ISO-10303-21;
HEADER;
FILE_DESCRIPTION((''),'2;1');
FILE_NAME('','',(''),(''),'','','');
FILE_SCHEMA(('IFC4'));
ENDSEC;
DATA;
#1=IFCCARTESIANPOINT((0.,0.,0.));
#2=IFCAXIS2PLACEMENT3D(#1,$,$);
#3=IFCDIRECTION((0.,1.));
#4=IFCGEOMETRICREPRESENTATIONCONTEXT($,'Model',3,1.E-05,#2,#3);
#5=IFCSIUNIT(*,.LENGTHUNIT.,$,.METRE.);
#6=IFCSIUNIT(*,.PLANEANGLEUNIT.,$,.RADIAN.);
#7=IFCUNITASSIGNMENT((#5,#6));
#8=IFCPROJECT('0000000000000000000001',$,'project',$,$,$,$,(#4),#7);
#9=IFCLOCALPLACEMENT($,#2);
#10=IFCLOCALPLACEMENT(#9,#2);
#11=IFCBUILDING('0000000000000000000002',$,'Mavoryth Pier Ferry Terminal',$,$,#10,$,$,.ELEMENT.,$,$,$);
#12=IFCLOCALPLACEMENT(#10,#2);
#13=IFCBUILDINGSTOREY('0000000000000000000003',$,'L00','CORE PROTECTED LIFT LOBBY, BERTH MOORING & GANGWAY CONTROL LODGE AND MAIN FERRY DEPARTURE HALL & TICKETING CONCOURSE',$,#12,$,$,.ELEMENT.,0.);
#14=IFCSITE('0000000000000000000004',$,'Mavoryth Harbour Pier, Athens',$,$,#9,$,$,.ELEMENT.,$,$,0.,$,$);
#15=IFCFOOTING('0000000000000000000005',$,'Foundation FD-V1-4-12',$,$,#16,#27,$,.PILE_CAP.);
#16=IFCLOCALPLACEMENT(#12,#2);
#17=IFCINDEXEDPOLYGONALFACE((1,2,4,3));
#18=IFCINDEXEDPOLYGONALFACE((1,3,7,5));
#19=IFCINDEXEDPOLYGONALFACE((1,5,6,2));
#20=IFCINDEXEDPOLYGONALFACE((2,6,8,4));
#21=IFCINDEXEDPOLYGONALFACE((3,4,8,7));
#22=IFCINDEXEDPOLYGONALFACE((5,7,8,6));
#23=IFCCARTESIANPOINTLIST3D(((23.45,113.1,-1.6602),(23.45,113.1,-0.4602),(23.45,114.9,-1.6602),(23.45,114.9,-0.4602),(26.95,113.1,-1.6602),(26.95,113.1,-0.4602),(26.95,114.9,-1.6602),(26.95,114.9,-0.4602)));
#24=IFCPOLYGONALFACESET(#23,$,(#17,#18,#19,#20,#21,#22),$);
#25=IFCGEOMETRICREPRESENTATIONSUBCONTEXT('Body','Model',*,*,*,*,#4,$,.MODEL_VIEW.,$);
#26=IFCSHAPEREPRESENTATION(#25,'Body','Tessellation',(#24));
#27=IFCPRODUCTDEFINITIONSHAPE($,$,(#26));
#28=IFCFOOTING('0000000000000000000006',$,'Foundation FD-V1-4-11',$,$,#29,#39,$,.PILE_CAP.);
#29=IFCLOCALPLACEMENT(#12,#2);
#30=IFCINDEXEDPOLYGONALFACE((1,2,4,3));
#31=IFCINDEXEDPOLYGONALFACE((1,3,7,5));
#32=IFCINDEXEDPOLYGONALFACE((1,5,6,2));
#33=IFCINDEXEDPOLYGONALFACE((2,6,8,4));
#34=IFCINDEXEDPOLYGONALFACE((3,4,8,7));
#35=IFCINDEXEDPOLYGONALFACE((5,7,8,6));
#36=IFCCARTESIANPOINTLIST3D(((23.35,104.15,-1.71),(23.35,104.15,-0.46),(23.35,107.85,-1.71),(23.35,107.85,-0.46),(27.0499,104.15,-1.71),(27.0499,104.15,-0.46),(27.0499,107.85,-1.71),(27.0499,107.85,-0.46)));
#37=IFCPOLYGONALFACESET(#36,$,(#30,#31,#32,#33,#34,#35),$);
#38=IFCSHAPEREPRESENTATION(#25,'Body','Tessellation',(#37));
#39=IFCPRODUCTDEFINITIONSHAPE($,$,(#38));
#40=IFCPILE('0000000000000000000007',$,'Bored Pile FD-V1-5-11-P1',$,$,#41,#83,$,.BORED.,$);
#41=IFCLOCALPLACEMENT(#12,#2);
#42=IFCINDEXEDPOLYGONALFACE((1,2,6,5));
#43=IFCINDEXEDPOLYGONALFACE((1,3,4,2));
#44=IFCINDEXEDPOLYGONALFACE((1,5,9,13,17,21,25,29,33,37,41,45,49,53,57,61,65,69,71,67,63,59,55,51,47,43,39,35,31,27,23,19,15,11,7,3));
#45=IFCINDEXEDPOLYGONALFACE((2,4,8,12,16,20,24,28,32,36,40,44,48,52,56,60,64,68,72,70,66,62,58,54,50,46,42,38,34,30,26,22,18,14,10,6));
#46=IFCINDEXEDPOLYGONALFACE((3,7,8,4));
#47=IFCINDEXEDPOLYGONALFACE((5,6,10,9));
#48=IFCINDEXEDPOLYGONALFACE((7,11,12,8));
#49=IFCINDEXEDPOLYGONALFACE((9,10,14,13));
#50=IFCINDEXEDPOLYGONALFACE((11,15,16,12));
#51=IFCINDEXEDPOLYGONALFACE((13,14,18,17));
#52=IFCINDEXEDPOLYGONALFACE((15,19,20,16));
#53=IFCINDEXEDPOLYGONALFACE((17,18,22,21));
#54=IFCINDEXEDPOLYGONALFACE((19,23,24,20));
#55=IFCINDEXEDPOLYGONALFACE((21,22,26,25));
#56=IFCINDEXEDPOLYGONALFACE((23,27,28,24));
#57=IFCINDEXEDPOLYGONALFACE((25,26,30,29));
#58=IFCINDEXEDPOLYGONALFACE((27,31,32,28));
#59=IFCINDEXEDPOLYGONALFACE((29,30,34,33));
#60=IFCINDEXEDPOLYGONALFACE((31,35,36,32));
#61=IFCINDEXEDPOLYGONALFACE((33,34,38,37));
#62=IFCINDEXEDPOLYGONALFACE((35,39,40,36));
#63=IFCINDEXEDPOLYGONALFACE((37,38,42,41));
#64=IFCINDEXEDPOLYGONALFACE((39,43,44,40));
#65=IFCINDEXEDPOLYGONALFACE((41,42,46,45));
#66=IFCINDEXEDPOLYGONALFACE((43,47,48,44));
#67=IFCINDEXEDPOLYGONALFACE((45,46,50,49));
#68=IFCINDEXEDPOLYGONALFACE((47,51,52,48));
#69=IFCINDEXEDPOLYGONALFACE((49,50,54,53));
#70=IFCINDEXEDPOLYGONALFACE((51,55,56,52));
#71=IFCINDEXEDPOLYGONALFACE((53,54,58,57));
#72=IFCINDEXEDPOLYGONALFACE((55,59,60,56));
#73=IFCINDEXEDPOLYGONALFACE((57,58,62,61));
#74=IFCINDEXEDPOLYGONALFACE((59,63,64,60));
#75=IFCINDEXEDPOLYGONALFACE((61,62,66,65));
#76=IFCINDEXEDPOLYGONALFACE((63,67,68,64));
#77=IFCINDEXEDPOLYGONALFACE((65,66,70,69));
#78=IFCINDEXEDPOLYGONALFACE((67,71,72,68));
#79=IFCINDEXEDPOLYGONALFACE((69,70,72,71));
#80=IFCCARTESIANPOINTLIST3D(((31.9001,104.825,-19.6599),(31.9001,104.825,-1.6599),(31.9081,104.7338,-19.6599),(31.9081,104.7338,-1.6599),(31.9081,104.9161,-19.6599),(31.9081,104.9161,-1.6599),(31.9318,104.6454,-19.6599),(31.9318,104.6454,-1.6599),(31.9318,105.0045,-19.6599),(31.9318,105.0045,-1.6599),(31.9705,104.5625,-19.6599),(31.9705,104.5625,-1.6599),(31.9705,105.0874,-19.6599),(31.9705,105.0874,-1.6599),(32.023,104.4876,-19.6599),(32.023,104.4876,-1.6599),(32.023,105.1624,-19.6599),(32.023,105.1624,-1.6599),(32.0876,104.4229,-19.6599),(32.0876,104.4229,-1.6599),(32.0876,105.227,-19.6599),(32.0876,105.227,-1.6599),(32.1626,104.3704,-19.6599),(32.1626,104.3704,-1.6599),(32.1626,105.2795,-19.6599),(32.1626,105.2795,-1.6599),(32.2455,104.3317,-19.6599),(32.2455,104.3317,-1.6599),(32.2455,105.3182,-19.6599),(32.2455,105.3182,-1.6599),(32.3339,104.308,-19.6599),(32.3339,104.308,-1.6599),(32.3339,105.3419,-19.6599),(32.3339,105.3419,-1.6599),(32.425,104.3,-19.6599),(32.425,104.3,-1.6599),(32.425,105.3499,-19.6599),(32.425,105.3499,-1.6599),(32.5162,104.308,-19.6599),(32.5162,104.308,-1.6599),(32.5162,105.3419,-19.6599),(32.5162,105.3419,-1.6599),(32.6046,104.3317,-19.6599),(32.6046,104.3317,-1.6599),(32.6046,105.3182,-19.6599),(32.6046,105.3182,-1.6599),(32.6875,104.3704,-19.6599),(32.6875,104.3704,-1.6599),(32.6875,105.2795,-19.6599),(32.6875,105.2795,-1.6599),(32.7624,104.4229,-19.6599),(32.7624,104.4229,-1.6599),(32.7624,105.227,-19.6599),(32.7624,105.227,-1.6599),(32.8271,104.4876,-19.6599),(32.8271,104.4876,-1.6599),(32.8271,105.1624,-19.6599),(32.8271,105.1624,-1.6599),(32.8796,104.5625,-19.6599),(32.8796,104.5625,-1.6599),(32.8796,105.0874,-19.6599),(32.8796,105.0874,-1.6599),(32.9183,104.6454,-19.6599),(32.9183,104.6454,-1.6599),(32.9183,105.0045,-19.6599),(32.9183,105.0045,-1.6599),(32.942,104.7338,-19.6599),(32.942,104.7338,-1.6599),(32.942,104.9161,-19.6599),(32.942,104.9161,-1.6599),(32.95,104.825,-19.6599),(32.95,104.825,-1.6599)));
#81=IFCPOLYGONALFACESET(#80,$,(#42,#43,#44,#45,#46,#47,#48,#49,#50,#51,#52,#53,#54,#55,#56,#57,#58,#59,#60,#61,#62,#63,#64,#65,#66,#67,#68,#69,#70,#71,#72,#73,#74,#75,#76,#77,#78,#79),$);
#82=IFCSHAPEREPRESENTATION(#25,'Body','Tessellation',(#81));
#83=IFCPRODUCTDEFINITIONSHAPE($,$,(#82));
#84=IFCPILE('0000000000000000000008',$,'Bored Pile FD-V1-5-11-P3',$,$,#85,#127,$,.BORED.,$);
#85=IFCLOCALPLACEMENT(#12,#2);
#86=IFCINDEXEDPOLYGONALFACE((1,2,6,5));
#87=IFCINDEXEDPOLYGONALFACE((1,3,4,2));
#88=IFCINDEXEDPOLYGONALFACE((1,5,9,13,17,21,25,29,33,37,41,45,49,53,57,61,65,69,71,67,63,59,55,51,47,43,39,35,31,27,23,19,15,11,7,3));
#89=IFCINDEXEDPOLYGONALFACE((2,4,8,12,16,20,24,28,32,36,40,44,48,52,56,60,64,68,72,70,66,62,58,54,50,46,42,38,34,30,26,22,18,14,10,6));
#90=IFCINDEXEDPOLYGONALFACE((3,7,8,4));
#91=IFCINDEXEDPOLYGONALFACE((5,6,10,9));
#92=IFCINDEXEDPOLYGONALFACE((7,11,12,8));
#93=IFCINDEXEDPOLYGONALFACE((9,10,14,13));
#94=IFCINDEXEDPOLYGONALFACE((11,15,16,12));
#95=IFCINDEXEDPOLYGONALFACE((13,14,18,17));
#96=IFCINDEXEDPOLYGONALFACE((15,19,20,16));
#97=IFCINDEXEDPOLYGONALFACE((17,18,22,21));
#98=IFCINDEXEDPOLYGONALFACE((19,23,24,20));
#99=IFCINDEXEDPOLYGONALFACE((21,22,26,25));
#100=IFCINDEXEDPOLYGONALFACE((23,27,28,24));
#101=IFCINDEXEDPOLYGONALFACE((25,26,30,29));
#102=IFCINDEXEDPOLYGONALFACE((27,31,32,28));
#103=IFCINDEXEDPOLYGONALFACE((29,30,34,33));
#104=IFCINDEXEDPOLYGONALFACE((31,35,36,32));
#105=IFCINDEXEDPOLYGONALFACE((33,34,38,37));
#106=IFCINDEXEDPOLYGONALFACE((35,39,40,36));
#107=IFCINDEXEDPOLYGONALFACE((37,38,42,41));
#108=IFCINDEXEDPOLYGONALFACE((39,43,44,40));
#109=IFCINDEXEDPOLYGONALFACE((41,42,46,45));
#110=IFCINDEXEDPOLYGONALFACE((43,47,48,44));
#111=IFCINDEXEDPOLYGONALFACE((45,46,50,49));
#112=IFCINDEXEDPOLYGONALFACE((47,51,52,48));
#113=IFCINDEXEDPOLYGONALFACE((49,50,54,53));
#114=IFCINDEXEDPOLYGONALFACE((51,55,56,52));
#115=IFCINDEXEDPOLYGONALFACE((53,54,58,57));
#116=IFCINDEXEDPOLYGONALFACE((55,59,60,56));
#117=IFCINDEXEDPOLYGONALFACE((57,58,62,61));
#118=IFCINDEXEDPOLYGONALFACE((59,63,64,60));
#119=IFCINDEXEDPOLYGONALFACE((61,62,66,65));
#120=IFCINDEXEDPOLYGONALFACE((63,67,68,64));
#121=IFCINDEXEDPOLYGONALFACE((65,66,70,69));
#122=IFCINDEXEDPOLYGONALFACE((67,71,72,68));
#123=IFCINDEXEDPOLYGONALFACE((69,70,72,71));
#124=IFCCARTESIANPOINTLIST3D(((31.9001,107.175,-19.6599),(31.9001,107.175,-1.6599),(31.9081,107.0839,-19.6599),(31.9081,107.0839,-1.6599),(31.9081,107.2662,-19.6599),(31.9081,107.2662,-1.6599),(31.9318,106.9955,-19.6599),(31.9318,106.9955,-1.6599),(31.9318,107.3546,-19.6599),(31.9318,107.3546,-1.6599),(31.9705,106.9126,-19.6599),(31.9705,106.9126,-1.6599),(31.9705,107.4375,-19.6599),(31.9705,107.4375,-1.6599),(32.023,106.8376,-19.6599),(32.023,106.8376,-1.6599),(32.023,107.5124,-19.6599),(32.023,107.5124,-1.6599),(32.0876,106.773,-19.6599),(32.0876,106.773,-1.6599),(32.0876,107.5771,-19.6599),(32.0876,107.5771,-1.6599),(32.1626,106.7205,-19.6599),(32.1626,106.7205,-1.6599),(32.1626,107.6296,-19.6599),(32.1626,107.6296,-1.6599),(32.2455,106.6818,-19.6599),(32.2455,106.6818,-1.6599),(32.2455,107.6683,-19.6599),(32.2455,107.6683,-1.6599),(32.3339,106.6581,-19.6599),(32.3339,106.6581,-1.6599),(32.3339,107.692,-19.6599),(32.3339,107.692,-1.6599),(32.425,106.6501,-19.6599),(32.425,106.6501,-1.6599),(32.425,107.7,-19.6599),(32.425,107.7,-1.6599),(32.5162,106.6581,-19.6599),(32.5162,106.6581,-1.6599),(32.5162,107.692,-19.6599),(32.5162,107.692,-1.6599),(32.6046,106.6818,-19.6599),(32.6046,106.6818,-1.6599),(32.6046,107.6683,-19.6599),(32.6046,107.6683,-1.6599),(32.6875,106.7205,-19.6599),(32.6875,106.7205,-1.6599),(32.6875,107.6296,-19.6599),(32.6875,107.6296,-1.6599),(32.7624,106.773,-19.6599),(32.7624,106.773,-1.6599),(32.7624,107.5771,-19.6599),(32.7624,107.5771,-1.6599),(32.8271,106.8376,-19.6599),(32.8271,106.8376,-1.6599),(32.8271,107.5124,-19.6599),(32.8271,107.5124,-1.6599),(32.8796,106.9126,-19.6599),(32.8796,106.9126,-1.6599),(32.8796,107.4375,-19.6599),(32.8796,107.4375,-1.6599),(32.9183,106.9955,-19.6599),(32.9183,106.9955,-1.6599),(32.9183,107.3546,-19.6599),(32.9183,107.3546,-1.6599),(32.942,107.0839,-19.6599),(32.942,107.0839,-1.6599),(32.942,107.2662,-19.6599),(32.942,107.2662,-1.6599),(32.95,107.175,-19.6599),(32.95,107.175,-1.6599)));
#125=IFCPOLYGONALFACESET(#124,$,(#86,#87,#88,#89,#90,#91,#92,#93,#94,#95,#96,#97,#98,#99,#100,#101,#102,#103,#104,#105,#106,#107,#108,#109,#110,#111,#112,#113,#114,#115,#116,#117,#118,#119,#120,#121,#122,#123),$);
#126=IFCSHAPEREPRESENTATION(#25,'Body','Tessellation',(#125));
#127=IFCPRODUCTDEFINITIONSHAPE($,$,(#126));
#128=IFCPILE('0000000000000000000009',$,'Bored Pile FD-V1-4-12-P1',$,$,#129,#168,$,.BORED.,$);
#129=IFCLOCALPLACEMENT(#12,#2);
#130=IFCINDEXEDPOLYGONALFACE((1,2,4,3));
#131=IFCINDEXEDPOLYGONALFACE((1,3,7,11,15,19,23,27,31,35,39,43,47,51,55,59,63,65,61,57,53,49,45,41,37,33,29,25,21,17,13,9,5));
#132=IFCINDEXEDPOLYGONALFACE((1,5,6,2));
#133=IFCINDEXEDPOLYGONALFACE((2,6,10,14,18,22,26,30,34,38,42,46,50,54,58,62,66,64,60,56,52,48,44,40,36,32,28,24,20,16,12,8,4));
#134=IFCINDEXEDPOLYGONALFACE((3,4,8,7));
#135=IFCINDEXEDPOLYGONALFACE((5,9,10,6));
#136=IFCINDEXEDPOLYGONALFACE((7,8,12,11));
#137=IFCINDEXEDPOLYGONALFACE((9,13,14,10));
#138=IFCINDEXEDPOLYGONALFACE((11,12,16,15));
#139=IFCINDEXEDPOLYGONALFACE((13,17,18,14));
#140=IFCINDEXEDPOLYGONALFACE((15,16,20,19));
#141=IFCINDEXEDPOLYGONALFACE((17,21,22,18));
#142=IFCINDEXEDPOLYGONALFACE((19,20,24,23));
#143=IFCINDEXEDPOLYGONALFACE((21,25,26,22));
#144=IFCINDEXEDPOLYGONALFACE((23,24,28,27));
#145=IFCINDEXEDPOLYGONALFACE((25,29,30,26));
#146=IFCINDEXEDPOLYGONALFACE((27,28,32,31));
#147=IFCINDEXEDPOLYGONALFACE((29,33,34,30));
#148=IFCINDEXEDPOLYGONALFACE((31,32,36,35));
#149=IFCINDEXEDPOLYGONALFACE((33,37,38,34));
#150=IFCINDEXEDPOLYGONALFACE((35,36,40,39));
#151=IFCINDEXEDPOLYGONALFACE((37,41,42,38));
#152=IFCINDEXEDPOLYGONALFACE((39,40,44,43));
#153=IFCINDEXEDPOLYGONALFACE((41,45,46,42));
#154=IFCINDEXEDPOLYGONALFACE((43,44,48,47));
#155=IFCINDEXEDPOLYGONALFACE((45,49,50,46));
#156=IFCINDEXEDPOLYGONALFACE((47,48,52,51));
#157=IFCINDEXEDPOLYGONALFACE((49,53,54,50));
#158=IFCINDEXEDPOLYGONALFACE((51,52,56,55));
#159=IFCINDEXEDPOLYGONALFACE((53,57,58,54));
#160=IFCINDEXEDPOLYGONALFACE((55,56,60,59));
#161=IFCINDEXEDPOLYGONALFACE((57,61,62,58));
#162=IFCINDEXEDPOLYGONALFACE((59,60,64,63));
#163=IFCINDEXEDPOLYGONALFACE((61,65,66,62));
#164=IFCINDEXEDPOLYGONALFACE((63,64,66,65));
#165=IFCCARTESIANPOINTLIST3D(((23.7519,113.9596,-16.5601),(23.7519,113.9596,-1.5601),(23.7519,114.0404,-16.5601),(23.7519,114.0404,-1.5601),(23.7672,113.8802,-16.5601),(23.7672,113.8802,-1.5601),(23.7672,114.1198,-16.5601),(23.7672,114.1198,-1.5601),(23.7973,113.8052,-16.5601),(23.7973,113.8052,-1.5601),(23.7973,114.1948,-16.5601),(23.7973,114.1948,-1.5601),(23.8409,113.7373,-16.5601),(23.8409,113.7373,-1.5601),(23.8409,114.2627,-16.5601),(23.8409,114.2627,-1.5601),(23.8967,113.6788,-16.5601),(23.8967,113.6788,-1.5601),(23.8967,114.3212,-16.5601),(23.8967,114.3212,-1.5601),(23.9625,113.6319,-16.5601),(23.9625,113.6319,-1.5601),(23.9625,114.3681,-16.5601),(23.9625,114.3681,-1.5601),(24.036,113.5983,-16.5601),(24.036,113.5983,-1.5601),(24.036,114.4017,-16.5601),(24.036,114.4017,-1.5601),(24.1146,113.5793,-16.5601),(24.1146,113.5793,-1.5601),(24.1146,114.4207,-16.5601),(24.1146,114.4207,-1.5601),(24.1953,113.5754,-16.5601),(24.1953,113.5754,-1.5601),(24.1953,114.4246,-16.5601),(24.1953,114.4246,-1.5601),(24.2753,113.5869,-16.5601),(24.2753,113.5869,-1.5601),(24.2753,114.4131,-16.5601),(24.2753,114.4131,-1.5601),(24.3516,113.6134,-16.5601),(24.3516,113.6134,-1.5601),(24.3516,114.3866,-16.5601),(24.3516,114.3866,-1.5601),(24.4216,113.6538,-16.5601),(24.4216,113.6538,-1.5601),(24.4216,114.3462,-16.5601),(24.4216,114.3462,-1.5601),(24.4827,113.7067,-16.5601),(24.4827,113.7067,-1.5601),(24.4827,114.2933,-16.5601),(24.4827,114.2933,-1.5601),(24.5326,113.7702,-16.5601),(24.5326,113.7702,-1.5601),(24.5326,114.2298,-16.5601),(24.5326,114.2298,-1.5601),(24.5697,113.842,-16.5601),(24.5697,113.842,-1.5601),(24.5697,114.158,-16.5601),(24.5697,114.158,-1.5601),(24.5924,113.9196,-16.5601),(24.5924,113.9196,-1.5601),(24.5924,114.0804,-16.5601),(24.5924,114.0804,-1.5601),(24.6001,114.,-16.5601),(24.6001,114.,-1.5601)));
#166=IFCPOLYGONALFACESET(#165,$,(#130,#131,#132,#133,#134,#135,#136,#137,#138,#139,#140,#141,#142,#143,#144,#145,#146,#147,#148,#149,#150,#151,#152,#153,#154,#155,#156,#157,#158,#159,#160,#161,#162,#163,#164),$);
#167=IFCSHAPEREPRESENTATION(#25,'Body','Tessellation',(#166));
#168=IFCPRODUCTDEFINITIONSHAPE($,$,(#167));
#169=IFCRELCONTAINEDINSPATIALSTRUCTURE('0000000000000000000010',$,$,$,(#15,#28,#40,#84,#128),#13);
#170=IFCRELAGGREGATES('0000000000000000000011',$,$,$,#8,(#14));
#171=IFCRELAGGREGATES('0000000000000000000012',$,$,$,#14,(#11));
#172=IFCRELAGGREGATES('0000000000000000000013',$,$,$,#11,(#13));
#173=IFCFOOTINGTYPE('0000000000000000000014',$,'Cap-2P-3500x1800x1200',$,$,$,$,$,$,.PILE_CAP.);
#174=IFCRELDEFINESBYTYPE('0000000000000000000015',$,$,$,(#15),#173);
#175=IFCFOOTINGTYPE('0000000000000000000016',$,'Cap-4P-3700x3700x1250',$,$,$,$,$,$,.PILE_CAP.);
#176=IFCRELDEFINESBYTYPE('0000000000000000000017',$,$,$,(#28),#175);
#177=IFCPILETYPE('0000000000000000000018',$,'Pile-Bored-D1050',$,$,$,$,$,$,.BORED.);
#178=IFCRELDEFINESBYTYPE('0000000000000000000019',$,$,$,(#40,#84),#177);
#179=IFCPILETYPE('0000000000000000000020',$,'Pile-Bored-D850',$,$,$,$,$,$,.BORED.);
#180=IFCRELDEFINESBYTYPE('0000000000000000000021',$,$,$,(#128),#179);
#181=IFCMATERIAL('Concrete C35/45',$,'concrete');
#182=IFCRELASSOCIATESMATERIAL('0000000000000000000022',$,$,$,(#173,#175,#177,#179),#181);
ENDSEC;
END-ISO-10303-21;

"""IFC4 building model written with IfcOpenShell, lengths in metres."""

from ifc_helpers import new_model, si_unit, direction, frame, origin, origin_2d, place, context, subcontext, project, spatial, rectangle, circle, extrude, material, material_profile, profile_set, type_object, element, save


model = new_model("IFC4")

# Units and contexts
model_context = context("Model", 3, precision=1e-05, world=origin(), true_north=direction((0.0, 1.0)))
body_context = subcontext(model_context, "Body", "Model", "MODEL_VIEW")
ifc_project = project(units=[si_unit("LENGTHUNIT", "METRE"), si_unit("PLANEANGLEUNIT", "RADIAN")], contexts=[model_context])

# Site, building, storey
site_placement = place(None, origin())
site = spatial("IfcSite", under=ifc_project, at=site_placement, Name="Mavoryth Harbour Pier, Athens", CompositionType="ELEMENT", RefElevation=0.0)
building_placement = place(site_placement, origin())
building = spatial("IfcBuilding", under=site, at=building_placement, Name="Mavoryth Pier Ferry Terminal", CompositionType="ELEMENT")
storey_placement = place(building_placement, origin())
storey = spatial("IfcBuildingStorey", under=building, at=storey_placement, Name="L00", Description="CORE PROTECTED LIFT LOBBY, BERTH MOORING & GANGWAY CONTROL LODGE AND MAIN FERRY DEPARTURE HALL & TICKETING CONCOURSE", CompositionType="ELEMENT", Elevation=0.0)

# Footings
ifc_material_1 = material(Name="Concrete C35/45", Category="concrete")
footing_type_1 = type_object("IfcFootingType", Name="Cap-2P-3500x1800x1200", PredefinedType="PILE_CAP", material=ifc_material_1)
footing_1_placement = place(storey_placement, frame((25.2, 114.0, -1.6602), z_axis=(0.0, 0.0, 1.0), x_axis=(1.0, 0.0, 0.0)))
element("IfcFooting", 1, at=footing_1_placement, inside=storey, type_object=footing_type_1, Name="Foundation FD-V1-4-12", PredefinedType="PILE_CAP", context=body_context, shape_type="SweptSolid", body=[
    extrude(rectangle(XDim=3.5, YDim=1.8, at=origin_2d()), origin(), (0.0, 0.0, 1.0), 1.2),
])
footing_type_2 = type_object("IfcFootingType", Name="Cap-4P-3700x3700x1250", PredefinedType="PILE_CAP", material=ifc_material_1)
footing_2_placement = place(storey_placement, frame((25.2, 106.0, -1.71), z_axis=(0.0, 0.0, 1.0), x_axis=(1.0, 0.0, 0.0)))
element("IfcFooting", 2, at=footing_2_placement, inside=storey, type_object=footing_type_2, Name="Foundation FD-V1-4-11", PredefinedType="PILE_CAP", context=body_context, shape_type="SweptSolid", body=[
    extrude(rectangle(XDim=3.7, YDim=3.7, at=origin_2d()), origin(), (0.0, 0.0, 1.0), 1.25),
])

# Piles
ifc_material_profile_1 = material_profile(ifc_material_1, circle(Radius=0.5249, at=origin_2d()), Name="PILE D1050", Category="concrete")
ifc_profile_set_1 = profile_set([ifc_material_profile_1], Name="Concrete C35/45 - PILE D1050")
pile_type_1 = type_object("IfcPileType", Name="Pile-Bored-D1050", PredefinedType="BORED", material=ifc_profile_set_1)
for number, where, z_axis, x_axis, name in (
    (3, (32.425, 104.825, -1.6599), (0.0, 0.0, -1.0), (1.0, 0.0, 0.0), "Bored Pile FD-V1-5-11-P1"),
    (4, (32.425, 107.175, -1.6599), (0.0, 0.0, -1.0), (1.0, 0.0, 0.0), "Bored Pile FD-V1-5-11-P3"),
):
    element("IfcPile", number, at=place(storey_placement, frame(where, z_axis=z_axis, x_axis=x_axis)), inside=storey, type_object=pile_type_1, Name=name, PredefinedType="BORED", context=body_context, shape_type="SweptSolid", body=[
        extrude(circle(Radius=0.5249, at=origin_2d()), origin(), (0.0, 0.0, 1.0), 18.0),
    ])
ifc_material_profile_2 = material_profile(ifc_material_1, circle(Radius=0.425, at=origin_2d()), Name="PILE D850", Category="concrete")
ifc_profile_set_2 = profile_set([ifc_material_profile_2], Name="Concrete C35/45 - PILE D850")
pile_type_2 = type_object("IfcPileType", Name="Pile-Bored-D850", PredefinedType="BORED", material=ifc_profile_set_2)
for number, where, z_axis, x_axis, name in (
    (5, (24.175, 114.0, -1.5601), (0.0, 0.0, -1.0), (1.0, 0.0, 0.0), "Bored Pile FD-V1-4-12-P1"),
):
    element("IfcPile", number, at=place(storey_placement, frame(where, z_axis=z_axis, x_axis=x_axis)), inside=storey, type_object=pile_type_2, Name=name, PredefinedType="BORED", context=body_context, shape_type="SweptSolid", body=[
        extrude(circle(Radius=0.425, at=origin_2d()), origin(), (0.0, 0.0, 1.0), 15.0),
    ])

save(model, "model.ifc")
